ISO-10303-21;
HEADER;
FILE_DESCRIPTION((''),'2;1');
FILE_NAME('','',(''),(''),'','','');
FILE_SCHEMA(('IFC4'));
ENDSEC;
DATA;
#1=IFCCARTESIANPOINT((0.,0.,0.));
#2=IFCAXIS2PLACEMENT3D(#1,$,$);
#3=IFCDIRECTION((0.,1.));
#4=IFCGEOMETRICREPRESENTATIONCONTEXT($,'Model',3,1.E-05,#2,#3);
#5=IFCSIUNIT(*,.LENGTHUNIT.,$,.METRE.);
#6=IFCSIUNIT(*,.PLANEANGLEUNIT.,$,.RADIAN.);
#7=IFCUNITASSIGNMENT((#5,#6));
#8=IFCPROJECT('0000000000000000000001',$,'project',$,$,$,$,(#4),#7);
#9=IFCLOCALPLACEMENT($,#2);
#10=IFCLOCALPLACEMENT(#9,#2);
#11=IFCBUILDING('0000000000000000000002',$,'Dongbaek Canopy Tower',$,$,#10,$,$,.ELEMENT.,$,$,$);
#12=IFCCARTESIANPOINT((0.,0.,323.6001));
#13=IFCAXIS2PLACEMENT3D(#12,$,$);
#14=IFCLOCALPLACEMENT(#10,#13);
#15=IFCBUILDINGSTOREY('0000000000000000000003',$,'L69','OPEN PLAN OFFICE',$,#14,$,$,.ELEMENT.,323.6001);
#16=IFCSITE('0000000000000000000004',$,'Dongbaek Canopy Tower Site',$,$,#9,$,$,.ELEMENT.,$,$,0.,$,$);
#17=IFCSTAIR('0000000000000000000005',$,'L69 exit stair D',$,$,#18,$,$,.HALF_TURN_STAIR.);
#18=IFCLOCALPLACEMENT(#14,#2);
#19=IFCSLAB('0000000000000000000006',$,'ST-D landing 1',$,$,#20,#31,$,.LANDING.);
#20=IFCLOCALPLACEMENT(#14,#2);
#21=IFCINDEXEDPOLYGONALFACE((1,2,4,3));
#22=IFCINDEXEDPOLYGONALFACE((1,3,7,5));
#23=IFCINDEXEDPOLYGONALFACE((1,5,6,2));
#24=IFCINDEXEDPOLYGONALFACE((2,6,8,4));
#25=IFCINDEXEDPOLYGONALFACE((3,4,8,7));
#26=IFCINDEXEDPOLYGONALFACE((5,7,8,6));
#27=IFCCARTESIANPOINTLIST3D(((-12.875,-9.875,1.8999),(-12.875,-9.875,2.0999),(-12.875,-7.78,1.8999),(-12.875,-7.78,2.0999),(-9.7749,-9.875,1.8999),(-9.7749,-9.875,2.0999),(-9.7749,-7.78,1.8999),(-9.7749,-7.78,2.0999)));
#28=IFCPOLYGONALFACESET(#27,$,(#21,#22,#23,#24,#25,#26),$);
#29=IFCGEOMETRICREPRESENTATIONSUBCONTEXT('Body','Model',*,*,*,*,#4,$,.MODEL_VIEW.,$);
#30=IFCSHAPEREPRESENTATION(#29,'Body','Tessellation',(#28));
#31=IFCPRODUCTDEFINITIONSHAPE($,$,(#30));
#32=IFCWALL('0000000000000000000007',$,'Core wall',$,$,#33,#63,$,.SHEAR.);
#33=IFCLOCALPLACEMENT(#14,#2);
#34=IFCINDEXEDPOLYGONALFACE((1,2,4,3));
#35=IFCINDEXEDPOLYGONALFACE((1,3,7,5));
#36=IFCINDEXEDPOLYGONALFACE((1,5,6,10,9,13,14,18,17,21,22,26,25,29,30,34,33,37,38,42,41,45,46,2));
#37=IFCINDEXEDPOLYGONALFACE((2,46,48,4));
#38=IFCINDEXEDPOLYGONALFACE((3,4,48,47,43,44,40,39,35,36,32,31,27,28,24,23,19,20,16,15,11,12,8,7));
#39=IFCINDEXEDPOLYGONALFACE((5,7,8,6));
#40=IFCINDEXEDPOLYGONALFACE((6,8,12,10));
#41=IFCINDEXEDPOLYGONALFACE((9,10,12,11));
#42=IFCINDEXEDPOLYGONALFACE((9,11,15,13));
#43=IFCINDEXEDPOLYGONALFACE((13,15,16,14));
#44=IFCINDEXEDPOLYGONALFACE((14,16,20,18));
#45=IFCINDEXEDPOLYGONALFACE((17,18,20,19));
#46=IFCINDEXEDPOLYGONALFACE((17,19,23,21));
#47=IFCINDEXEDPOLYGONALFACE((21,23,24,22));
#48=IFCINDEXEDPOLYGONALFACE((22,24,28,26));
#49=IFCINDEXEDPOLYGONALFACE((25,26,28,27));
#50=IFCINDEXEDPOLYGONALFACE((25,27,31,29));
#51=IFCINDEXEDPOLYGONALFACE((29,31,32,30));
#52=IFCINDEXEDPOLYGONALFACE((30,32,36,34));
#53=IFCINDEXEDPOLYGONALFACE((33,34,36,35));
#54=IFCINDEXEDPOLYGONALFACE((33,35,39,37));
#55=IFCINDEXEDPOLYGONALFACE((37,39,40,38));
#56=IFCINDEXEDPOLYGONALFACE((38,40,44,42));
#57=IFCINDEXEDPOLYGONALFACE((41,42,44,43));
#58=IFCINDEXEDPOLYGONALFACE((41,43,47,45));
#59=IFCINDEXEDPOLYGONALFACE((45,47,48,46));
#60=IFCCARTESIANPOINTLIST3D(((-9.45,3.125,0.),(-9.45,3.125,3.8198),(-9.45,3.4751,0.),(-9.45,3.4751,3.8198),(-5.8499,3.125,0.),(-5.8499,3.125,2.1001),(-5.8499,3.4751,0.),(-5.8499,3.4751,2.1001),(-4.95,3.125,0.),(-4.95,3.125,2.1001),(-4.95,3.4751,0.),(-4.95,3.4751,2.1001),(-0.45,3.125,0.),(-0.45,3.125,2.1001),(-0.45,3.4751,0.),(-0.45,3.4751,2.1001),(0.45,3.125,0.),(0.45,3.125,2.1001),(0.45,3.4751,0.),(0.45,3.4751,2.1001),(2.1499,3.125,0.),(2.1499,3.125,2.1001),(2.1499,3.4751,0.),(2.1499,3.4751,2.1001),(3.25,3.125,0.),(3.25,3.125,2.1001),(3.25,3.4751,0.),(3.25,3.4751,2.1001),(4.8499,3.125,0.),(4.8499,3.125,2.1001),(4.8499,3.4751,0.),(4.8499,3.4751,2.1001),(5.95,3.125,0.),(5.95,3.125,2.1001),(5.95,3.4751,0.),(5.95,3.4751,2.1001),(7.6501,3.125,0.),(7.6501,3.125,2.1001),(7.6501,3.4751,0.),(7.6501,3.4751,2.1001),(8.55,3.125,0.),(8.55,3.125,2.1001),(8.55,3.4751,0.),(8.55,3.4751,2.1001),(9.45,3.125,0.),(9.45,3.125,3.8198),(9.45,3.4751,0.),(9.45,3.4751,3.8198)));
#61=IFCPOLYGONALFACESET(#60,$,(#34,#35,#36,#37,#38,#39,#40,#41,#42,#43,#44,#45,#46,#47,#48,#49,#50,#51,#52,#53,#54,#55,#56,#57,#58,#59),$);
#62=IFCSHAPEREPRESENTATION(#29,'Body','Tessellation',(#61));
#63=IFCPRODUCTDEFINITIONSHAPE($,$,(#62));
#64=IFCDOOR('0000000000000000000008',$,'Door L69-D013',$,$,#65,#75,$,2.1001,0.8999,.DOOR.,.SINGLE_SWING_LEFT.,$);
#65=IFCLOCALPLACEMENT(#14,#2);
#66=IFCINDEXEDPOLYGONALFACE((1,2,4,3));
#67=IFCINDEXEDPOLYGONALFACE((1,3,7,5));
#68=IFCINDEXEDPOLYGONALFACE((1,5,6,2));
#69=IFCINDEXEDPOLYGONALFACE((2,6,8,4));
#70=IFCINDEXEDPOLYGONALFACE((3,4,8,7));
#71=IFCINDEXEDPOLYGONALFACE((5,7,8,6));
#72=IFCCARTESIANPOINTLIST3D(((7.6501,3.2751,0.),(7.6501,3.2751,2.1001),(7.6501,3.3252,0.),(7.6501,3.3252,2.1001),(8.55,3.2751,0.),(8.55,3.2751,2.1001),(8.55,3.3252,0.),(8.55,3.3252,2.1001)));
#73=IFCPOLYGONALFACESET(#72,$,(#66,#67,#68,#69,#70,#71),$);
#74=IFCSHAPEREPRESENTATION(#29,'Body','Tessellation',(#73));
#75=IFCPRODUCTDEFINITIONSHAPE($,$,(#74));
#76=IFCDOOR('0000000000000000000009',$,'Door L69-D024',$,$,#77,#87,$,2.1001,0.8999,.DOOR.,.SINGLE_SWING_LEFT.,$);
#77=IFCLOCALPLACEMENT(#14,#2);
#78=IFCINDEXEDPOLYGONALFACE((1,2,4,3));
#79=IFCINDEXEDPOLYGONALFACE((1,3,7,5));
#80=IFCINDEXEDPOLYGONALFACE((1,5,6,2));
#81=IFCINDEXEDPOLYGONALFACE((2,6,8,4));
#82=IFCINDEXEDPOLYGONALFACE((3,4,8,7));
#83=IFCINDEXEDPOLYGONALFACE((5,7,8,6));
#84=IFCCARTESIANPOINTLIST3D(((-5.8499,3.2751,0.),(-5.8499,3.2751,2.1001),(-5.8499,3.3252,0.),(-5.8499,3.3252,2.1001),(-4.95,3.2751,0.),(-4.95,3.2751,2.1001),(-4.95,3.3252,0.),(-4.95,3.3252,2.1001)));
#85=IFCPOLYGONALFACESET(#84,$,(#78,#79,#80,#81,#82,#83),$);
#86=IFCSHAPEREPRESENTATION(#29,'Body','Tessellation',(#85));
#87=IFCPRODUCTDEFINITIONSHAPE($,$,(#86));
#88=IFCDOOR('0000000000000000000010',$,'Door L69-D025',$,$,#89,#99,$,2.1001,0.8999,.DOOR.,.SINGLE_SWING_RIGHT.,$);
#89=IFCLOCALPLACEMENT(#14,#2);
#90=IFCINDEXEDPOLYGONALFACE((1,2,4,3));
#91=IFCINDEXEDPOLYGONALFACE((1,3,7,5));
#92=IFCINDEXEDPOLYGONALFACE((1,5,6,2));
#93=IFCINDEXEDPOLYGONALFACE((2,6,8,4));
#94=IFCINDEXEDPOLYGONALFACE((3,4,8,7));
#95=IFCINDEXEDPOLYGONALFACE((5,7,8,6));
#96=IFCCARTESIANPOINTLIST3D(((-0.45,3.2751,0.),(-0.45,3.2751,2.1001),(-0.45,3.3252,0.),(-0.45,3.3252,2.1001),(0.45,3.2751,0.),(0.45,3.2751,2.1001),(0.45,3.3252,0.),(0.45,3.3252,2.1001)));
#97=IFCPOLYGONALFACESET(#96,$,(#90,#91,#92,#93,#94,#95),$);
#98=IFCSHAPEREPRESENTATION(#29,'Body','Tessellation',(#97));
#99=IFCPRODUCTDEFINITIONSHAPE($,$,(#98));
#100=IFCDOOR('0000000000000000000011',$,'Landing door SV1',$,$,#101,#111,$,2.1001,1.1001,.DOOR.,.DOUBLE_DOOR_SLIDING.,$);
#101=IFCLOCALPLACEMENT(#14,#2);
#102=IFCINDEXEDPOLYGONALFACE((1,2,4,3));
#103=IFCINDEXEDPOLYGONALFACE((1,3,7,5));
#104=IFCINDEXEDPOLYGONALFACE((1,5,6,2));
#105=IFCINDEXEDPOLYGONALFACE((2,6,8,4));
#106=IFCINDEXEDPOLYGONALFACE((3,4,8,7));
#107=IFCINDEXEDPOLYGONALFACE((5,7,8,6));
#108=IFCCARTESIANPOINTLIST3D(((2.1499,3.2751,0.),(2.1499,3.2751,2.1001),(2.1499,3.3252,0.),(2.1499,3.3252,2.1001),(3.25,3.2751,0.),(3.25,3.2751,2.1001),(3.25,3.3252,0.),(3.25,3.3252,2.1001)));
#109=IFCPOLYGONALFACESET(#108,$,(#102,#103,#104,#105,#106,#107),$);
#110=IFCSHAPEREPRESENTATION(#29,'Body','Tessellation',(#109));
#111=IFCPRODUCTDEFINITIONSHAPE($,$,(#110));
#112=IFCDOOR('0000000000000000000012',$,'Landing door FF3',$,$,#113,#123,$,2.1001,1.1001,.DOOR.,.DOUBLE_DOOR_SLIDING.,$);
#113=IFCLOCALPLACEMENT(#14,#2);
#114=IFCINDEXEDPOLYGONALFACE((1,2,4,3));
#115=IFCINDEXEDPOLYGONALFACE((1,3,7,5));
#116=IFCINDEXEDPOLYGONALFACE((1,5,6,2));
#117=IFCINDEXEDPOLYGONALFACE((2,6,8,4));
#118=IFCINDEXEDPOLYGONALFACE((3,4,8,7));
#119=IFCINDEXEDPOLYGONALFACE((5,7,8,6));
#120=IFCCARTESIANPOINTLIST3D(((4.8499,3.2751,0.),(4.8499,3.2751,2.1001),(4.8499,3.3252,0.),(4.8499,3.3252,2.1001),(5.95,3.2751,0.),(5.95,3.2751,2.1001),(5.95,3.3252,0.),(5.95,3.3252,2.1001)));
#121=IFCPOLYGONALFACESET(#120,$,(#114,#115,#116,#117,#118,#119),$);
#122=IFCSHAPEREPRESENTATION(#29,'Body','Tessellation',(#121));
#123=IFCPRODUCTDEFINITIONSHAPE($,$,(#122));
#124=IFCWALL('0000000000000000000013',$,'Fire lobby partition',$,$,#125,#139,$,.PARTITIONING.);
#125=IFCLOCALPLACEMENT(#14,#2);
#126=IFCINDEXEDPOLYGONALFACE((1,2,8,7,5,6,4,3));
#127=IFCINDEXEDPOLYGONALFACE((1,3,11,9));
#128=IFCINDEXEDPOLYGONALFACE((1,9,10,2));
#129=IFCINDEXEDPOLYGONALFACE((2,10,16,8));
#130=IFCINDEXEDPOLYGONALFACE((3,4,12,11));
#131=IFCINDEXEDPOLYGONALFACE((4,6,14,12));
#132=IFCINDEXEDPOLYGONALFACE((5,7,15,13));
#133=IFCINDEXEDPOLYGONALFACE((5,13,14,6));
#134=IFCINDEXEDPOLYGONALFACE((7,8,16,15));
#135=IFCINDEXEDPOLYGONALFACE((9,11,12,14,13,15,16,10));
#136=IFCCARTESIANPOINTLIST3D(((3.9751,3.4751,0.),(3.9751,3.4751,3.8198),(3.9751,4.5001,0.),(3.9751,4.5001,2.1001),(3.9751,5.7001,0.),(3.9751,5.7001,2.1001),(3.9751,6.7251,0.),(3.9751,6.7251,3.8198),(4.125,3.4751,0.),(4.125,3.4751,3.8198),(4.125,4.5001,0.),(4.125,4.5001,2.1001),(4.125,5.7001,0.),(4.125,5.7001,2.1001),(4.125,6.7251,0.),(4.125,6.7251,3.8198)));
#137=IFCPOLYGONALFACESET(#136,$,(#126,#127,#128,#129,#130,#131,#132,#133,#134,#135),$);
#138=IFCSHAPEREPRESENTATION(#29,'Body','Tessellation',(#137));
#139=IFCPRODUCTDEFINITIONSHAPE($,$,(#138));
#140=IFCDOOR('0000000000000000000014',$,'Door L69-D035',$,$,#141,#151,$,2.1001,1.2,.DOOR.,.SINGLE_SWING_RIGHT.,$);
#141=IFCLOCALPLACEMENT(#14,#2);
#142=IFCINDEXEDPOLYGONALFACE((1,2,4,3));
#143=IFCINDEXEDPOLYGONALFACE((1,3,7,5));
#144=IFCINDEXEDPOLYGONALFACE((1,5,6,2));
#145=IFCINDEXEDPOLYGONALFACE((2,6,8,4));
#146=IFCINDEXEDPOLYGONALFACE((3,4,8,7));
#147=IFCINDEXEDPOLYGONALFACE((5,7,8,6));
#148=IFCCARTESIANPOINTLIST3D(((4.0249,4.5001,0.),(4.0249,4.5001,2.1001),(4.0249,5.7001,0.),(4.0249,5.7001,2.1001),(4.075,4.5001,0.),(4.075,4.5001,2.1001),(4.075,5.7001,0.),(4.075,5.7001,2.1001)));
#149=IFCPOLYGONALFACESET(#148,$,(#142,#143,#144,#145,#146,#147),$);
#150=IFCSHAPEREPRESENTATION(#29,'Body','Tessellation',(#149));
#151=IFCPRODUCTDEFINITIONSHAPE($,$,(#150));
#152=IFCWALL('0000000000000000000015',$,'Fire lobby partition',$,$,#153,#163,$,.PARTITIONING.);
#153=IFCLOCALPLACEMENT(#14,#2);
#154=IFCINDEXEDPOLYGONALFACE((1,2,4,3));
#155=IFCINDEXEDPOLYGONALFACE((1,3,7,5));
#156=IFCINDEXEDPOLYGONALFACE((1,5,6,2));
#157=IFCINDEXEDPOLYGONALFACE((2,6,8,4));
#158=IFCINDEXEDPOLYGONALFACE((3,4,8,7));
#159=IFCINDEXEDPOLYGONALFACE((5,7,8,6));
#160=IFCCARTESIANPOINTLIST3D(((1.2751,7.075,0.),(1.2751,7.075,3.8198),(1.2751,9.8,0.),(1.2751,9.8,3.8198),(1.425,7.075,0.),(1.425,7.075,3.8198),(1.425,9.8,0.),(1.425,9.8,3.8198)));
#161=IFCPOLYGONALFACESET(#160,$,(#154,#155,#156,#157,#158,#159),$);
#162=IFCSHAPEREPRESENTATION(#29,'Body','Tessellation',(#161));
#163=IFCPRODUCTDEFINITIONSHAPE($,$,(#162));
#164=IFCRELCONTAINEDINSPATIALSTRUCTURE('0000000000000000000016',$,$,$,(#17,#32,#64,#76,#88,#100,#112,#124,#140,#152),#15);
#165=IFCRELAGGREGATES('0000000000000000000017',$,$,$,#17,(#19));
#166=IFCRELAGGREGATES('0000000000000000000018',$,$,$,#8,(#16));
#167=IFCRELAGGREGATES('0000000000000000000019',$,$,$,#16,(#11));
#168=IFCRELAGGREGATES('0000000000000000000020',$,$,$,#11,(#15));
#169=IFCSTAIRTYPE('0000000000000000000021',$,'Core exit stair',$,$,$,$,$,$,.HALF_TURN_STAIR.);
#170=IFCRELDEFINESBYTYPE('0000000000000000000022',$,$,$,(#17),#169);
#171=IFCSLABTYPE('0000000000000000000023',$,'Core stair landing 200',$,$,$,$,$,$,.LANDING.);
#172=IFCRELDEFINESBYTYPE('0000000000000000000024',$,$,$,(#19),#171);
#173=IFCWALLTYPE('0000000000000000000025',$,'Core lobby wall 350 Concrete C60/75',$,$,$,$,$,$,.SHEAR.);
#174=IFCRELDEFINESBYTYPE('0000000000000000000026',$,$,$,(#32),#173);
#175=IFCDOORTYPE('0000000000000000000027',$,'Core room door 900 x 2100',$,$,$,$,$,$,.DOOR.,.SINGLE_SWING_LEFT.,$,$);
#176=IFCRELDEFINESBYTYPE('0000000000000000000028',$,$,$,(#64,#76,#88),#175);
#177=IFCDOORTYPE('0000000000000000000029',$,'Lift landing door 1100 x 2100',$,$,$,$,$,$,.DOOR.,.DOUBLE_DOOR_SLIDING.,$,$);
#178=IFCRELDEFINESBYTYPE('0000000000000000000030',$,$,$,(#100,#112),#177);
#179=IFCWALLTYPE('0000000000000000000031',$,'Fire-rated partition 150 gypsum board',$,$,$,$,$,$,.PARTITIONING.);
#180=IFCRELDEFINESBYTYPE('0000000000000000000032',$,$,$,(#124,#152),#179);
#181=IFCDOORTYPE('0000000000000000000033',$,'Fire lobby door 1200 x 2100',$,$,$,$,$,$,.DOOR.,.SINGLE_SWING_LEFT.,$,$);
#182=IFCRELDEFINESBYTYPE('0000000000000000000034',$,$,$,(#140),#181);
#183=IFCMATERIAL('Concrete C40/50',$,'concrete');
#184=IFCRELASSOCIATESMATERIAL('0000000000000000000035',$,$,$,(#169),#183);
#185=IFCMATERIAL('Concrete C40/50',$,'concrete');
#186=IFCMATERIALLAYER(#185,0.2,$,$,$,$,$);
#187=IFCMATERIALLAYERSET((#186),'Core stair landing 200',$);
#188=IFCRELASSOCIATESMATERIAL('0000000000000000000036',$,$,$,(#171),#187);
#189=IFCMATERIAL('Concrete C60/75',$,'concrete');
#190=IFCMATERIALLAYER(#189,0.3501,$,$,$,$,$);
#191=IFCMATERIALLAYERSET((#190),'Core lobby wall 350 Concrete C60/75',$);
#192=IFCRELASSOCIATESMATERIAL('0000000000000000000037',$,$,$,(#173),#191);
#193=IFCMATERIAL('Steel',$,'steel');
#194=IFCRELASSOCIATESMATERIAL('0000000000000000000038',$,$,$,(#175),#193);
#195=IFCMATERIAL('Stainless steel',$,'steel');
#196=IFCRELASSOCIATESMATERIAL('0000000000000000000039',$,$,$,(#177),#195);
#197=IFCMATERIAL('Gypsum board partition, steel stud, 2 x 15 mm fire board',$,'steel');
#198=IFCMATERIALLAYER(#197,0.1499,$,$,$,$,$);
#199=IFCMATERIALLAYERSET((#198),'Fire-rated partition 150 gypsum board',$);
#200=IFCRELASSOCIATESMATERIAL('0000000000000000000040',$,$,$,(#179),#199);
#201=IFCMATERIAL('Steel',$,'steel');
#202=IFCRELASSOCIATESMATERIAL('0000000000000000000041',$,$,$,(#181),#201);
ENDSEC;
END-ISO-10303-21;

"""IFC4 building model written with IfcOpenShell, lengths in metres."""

from ifc_helpers import new_model, si_unit, direction, frame, frame_2d, origin, place, context, subcontext, project, spatial, polyline, rectangle, outline, extrude, material, layer, layer_set, type_object, element, fill, aggregate, save


model = new_model("IFC4")

# Units and contexts
model_context = context("Model", 3, precision=1e-05, world=origin(), true_north=direction((0.0, 1.0)))
body_context = subcontext(model_context, "Body", "Model", "MODEL_VIEW")
ifc_project = project(units=[si_unit("LENGTHUNIT", "METRE"), si_unit("PLANEANGLEUNIT", "RADIAN")], contexts=[model_context])

# Site, building, storey
site_placement = place(None, origin())
site = spatial("IfcSite", under=ifc_project, at=site_placement, Name="Dongbaek Canopy Tower Site", CompositionType="ELEMENT", RefElevation=0.0)
building_placement = place(site_placement, origin())
building = spatial("IfcBuilding", under=site, at=building_placement, Name="Dongbaek Canopy Tower", CompositionType="ELEMENT")
storey_placement = place(building_placement, frame((0.0, 0.0, 323.6001)))
storey = spatial("IfcBuildingStorey", under=building, at=storey_placement, Name="L69", Description="OPEN PLAN OFFICE", CompositionType="ELEMENT", Elevation=323.6001)

# Stair, slab
ifc_material_1 = material(Name="Concrete C40/50", Category="concrete")
stair_type = type_object("IfcStairType", Name="Core exit stair", PredefinedType="HALF_TURN_STAIR", material=ifc_material_1)
stair_1_placement = place(storey_placement, origin())
stair_1 = element("IfcStair", 1, at=stair_1_placement, inside=storey, type_object=stair_type, Name="L69 exit stair D", PredefinedType="HALF_TURN_STAIR")
ifc_material_2 = material(Name="Concrete C40/50", Category="concrete")
ifc_layer_1 = layer(ifc_material_2, 0.2)
ifc_layer_set_1 = layer_set([ifc_layer_1], Name="Core stair landing 200")
slab_type = type_object("IfcSlabType", Name="Core stair landing 200", PredefinedType="LANDING", material=ifc_layer_set_1)
slab_placement = place(storey_placement, frame((0.0, 0.0, 1.8999)))
slab = element("IfcSlab", 2, at=slab_placement, type_object=slab_type, Name="ST-D landing 1", PredefinedType="LANDING", context=body_context, shape_type="SweptSolid", body=[
    extrude(outline(polyline([(-12.875, -7.78), (-12.875, -9.875), (-9.7749, -9.875), (-9.7749, -7.78), (-12.875, -7.78)])), origin(), (0.0, 0.0, 1.0), 0.2),
])
aggregate(stair_1, [slab])

# Wall, openings, doors
ifc_material_3 = material(Name="Concrete C60/75", Category="concrete")
ifc_layer_2 = layer(ifc_material_3, 0.3501)
ifc_layer_set_2 = layer_set([ifc_layer_2], Name="Core lobby wall 350 Concrete C60/75")
wall_type_1 = type_object("IfcWallType", Name="Core lobby wall 350 Concrete C60/75", PredefinedType="SHEAR", material=ifc_layer_set_2)
wall_1_placement = place(storey_placement, frame((9.45, 3.3, 0.0), z_axis=(0.0, 0.0, 1.0), x_axis=(-1.0, 0.0, 0.0)))
wall_1 = element("IfcWall", 3, at=wall_1_placement, inside=storey, type_object=wall_type_1, Name="Core wall", PredefinedType="SHEAR", context=body_context, shape_type="SweptSolid", body=[
    extrude(rectangle(XDim=18.8999, YDim=0.3501, at=frame_2d((9.45, 0.0))), origin(), (0.0, 0.0, 1.0), 3.8198),
])
opening_1_placement = place(wall_1_placement, frame((6.2, 0.0, 0.0)))
opening_1 = element("IfcOpeningElement", 4, at=opening_1_placement, cuts=wall_1, PredefinedType="OPENING", context=body_context, shape_type="SweptSolid", body=[
    extrude(rectangle(XDim=1.1001, YDim=2.1001, at=frame_2d((0.55, 1.05))), frame((0.0, 0.1851, 0.0), z_axis=(0.0, -1.0, 0.0), x_axis=(1.0, 0.0, 0.0)), (0.0, 0.0, 1.0), 0.3701),
])
opening_2_placement = place(wall_1_placement, frame((3.5, 0.0, 0.0)))
opening_2 = element("IfcOpeningElement", 5, at=opening_2_placement, cuts=wall_1, PredefinedType="OPENING", context=body_context, shape_type="SweptSolid", body=[
    extrude(rectangle(XDim=1.1001, YDim=2.1001, at=frame_2d((0.55, 1.05))), frame((0.0, 0.1851, 0.0), z_axis=(0.0, -1.0, 0.0), x_axis=(1.0, 0.0, 0.0)), (0.0, 0.0, 1.0), 0.3701),
])
opening_3_placement = place(wall_1_placement, frame((0.8999, 0.0, 0.0)))
opening_3 = element("IfcOpeningElement", 6, at=opening_3_placement, cuts=wall_1, PredefinedType="OPENING", context=body_context, shape_type="SweptSolid", body=[
    extrude(rectangle(XDim=0.8999, YDim=2.1001, at=frame_2d((0.45, 1.05))), frame((0.0, 0.1851, 0.0), z_axis=(0.0, -1.0, 0.0), x_axis=(1.0, 0.0, 0.0)), (0.0, 0.0, 1.0), 0.3701),
])
opening_4_placement = place(wall_1_placement, frame((14.3999, 0.0, 0.0)))
opening_4 = element("IfcOpeningElement", 7, at=opening_4_placement, cuts=wall_1, PredefinedType="OPENING", context=body_context, shape_type="SweptSolid", body=[
    extrude(rectangle(XDim=0.8999, YDim=2.1001, at=frame_2d((0.45, 1.05))), frame((0.0, 0.1851, 0.0), z_axis=(0.0, -1.0, 0.0), x_axis=(1.0, 0.0, 0.0)), (0.0, 0.0, 1.0), 0.3701),
])
opening_5_placement = place(wall_1_placement, frame((9.0, 0.0, 0.0)))
opening_5 = element("IfcOpeningElement", 8, at=opening_5_placement, cuts=wall_1, PredefinedType="OPENING", context=body_context, shape_type="SweptSolid", body=[
    extrude(rectangle(XDim=0.8999, YDim=2.1001, at=frame_2d((0.45, 1.05))), frame((0.0, 0.1851, 0.0), z_axis=(0.0, -1.0, 0.0), x_axis=(1.0, 0.0, 0.0)), (0.0, 0.0, 1.0), 0.3701),
])
ifc_material_4 = material(Name="Steel", Category="steel")
door_type_1 = type_object("IfcDoorType", Name="Core room door 900 x 2100", OperationType="SINGLE_SWING_LEFT", PredefinedType="DOOR", material=ifc_material_4)
door_1_placement = place(opening_3_placement, origin())
door_1 = element("IfcDoor", 9, at=door_1_placement, inside=storey, type_object=door_type_1, Name="Door L69-D013", OperationType="SINGLE_SWING_LEFT", OverallHeight=2.1001, OverallWidth=0.8999, PredefinedType="DOOR", context=body_context, shape_type="SweptSolid", body=[
    extrude(rectangle(XDim=0.8999, YDim=2.1001, at=frame_2d((0.45, 1.05))), frame((0.0, 0.0249, 0.0), z_axis=(0.0, -1.0, 0.0), x_axis=(1.0, 0.0, 0.0)), (0.0, 0.0, 1.0), 0.05),
])
fill(opening_3, door_1)
door_2_placement = place(opening_4_placement, origin())
door_2 = element("IfcDoor", 10, at=door_2_placement, inside=storey, type_object=door_type_1, Name="Door L69-D024", OperationType="SINGLE_SWING_LEFT", OverallHeight=2.1001, OverallWidth=0.8999, PredefinedType="DOOR", context=body_context, shape_type="SweptSolid", body=[
    extrude(rectangle(XDim=0.8999, YDim=2.1001, at=frame_2d((0.45, 1.05))), frame((0.0, 0.0249, 0.0), z_axis=(0.0, -1.0, 0.0), x_axis=(1.0, 0.0, 0.0)), (0.0, 0.0, 1.0), 0.05),
])
fill(opening_4, door_2)
door_3_placement = place(opening_5_placement, origin())
door_3 = element("IfcDoor", 11, at=door_3_placement, inside=storey, type_object=door_type_1, Name="Door L69-D025", OperationType="SINGLE_SWING_RIGHT", OverallHeight=2.1001, OverallWidth=0.8999, PredefinedType="DOOR", context=body_context, shape_type="SweptSolid", body=[
    extrude(rectangle(XDim=0.8999, YDim=2.1001, at=frame_2d((0.45, 1.05))), frame((0.0, 0.0249, 0.0), z_axis=(0.0, -1.0, 0.0), x_axis=(1.0, 0.0, 0.0)), (0.0, 0.0, 1.0), 0.05),
])
fill(opening_5, door_3)
ifc_material_5 = material(Name="Stainless steel", Category="steel")
door_type_2 = type_object("IfcDoorType", Name="Lift landing door 1100 x 2100", OperationType="DOUBLE_DOOR_SLIDING", PredefinedType="DOOR", material=ifc_material_5)
door_4_placement = place(opening_1_placement, origin())
door_4 = element("IfcDoor", 12, at=door_4_placement, inside=storey, type_object=door_type_2, Name="Landing door SV1", OperationType="DOUBLE_DOOR_SLIDING", OverallHeight=2.1001, OverallWidth=1.1001, PredefinedType="DOOR", context=body_context, shape_type="SweptSolid", body=[
    extrude(rectangle(XDim=1.1001, YDim=2.1001, at=frame_2d((0.55, 1.05))), frame((0.0, 0.0249, 0.0), z_axis=(0.0, -1.0, 0.0), x_axis=(1.0, 0.0, 0.0)), (0.0, 0.0, 1.0), 0.05),
])
fill(opening_1, door_4)
door_5_placement = place(opening_2_placement, origin())
door_5 = element("IfcDoor", 13, at=door_5_placement, inside=storey, type_object=door_type_2, Name="Landing door FF3", OperationType="DOUBLE_DOOR_SLIDING", OverallHeight=2.1001, OverallWidth=1.1001, PredefinedType="DOOR", context=body_context, shape_type="SweptSolid", body=[
    extrude(rectangle(XDim=1.1001, YDim=2.1001, at=frame_2d((0.55, 1.05))), frame((0.0, 0.0249, 0.0), z_axis=(0.0, -1.0, 0.0), x_axis=(1.0, 0.0, 0.0)), (0.0, 0.0, 1.0), 0.05),
])
fill(opening_2, door_5)

# Wall, opening, door
ifc_material_6 = material(Name="Gypsum board partition, steel stud, 2 x 15 mm fire board", Category="steel")
ifc_layer_3 = layer(ifc_material_6, 0.1499)
ifc_layer_set_3 = layer_set([ifc_layer_3], Name="Fire-rated partition 150 gypsum board")
wall_type_2 = type_object("IfcWallType", Name="Fire-rated partition 150 gypsum board", PredefinedType="PARTITIONING", material=ifc_layer_set_3)
wall_2_placement = place(storey_placement, frame((4.05, 6.7251, 0.0), z_axis=(0.0, 0.0, 1.0), x_axis=(0.0, -1.0, 0.0)))
wall_2 = element("IfcWall", 14, at=wall_2_placement, inside=storey, type_object=wall_type_2, Name="Fire lobby partition", PredefinedType="PARTITIONING", context=body_context, shape_type="SweptSolid", body=[
    extrude(rectangle(XDim=3.25, YDim=0.1499, at=frame_2d((1.625, 0.0))), origin(), (0.0, 0.0, 1.0), 3.8198),
])
opening_6_placement = place(wall_2_placement, frame((1.0249, 0.0, 0.0)))
opening_6 = element("IfcOpeningElement", 15, at=opening_6_placement, cuts=wall_2, PredefinedType="OPENING", context=body_context, shape_type="SweptSolid", body=[
    extrude(rectangle(XDim=1.2, YDim=2.1001, at=frame_2d((0.6001, 1.05))), frame((0.0, 0.085, 0.0), z_axis=(0.0, -1.0, 0.0), x_axis=(1.0, 0.0, 0.0)), (0.0, 0.0, 1.0), 0.1699),
])
ifc_material_7 = material(Name="Steel", Category="steel")
door_type_3 = type_object("IfcDoorType", Name="Fire lobby door 1200 x 2100", OperationType="SINGLE_SWING_LEFT", PredefinedType="DOOR", material=ifc_material_7)
door_6_placement = place(opening_6_placement, origin())
door_6 = element("IfcDoor", 16, at=door_6_placement, inside=storey, type_object=door_type_3, Name="Door L69-D035", OperationType="SINGLE_SWING_RIGHT", OverallHeight=2.1001, OverallWidth=1.2, PredefinedType="DOOR", context=body_context, shape_type="SweptSolid", body=[
    extrude(rectangle(XDim=1.2, YDim=2.1001, at=frame_2d((0.6001, 1.05))), frame((0.0, 0.0249, 0.0), z_axis=(0.0, -1.0, 0.0), x_axis=(1.0, 0.0, 0.0)), (0.0, 0.0, 1.0), 0.05),
])
fill(opening_6, door_6)

# Wall
wall_3_placement = place(storey_placement, frame((1.3501, 7.075, 0.0), z_axis=(0.0, 0.0, 1.0), x_axis=(0.0, 1.0, 0.0)))
element("IfcWall", 17, at=wall_3_placement, inside=storey, type_object=wall_type_2, Name="Fire lobby partition", PredefinedType="PARTITIONING", context=body_context, shape_type="SweptSolid", body=[
    extrude(rectangle(XDim=2.7251, YDim=0.1499, at=frame_2d((1.3625, 0.0))), origin(), (0.0, 0.0, 1.0), 3.8198),
])

save(model, "model.ifc")
